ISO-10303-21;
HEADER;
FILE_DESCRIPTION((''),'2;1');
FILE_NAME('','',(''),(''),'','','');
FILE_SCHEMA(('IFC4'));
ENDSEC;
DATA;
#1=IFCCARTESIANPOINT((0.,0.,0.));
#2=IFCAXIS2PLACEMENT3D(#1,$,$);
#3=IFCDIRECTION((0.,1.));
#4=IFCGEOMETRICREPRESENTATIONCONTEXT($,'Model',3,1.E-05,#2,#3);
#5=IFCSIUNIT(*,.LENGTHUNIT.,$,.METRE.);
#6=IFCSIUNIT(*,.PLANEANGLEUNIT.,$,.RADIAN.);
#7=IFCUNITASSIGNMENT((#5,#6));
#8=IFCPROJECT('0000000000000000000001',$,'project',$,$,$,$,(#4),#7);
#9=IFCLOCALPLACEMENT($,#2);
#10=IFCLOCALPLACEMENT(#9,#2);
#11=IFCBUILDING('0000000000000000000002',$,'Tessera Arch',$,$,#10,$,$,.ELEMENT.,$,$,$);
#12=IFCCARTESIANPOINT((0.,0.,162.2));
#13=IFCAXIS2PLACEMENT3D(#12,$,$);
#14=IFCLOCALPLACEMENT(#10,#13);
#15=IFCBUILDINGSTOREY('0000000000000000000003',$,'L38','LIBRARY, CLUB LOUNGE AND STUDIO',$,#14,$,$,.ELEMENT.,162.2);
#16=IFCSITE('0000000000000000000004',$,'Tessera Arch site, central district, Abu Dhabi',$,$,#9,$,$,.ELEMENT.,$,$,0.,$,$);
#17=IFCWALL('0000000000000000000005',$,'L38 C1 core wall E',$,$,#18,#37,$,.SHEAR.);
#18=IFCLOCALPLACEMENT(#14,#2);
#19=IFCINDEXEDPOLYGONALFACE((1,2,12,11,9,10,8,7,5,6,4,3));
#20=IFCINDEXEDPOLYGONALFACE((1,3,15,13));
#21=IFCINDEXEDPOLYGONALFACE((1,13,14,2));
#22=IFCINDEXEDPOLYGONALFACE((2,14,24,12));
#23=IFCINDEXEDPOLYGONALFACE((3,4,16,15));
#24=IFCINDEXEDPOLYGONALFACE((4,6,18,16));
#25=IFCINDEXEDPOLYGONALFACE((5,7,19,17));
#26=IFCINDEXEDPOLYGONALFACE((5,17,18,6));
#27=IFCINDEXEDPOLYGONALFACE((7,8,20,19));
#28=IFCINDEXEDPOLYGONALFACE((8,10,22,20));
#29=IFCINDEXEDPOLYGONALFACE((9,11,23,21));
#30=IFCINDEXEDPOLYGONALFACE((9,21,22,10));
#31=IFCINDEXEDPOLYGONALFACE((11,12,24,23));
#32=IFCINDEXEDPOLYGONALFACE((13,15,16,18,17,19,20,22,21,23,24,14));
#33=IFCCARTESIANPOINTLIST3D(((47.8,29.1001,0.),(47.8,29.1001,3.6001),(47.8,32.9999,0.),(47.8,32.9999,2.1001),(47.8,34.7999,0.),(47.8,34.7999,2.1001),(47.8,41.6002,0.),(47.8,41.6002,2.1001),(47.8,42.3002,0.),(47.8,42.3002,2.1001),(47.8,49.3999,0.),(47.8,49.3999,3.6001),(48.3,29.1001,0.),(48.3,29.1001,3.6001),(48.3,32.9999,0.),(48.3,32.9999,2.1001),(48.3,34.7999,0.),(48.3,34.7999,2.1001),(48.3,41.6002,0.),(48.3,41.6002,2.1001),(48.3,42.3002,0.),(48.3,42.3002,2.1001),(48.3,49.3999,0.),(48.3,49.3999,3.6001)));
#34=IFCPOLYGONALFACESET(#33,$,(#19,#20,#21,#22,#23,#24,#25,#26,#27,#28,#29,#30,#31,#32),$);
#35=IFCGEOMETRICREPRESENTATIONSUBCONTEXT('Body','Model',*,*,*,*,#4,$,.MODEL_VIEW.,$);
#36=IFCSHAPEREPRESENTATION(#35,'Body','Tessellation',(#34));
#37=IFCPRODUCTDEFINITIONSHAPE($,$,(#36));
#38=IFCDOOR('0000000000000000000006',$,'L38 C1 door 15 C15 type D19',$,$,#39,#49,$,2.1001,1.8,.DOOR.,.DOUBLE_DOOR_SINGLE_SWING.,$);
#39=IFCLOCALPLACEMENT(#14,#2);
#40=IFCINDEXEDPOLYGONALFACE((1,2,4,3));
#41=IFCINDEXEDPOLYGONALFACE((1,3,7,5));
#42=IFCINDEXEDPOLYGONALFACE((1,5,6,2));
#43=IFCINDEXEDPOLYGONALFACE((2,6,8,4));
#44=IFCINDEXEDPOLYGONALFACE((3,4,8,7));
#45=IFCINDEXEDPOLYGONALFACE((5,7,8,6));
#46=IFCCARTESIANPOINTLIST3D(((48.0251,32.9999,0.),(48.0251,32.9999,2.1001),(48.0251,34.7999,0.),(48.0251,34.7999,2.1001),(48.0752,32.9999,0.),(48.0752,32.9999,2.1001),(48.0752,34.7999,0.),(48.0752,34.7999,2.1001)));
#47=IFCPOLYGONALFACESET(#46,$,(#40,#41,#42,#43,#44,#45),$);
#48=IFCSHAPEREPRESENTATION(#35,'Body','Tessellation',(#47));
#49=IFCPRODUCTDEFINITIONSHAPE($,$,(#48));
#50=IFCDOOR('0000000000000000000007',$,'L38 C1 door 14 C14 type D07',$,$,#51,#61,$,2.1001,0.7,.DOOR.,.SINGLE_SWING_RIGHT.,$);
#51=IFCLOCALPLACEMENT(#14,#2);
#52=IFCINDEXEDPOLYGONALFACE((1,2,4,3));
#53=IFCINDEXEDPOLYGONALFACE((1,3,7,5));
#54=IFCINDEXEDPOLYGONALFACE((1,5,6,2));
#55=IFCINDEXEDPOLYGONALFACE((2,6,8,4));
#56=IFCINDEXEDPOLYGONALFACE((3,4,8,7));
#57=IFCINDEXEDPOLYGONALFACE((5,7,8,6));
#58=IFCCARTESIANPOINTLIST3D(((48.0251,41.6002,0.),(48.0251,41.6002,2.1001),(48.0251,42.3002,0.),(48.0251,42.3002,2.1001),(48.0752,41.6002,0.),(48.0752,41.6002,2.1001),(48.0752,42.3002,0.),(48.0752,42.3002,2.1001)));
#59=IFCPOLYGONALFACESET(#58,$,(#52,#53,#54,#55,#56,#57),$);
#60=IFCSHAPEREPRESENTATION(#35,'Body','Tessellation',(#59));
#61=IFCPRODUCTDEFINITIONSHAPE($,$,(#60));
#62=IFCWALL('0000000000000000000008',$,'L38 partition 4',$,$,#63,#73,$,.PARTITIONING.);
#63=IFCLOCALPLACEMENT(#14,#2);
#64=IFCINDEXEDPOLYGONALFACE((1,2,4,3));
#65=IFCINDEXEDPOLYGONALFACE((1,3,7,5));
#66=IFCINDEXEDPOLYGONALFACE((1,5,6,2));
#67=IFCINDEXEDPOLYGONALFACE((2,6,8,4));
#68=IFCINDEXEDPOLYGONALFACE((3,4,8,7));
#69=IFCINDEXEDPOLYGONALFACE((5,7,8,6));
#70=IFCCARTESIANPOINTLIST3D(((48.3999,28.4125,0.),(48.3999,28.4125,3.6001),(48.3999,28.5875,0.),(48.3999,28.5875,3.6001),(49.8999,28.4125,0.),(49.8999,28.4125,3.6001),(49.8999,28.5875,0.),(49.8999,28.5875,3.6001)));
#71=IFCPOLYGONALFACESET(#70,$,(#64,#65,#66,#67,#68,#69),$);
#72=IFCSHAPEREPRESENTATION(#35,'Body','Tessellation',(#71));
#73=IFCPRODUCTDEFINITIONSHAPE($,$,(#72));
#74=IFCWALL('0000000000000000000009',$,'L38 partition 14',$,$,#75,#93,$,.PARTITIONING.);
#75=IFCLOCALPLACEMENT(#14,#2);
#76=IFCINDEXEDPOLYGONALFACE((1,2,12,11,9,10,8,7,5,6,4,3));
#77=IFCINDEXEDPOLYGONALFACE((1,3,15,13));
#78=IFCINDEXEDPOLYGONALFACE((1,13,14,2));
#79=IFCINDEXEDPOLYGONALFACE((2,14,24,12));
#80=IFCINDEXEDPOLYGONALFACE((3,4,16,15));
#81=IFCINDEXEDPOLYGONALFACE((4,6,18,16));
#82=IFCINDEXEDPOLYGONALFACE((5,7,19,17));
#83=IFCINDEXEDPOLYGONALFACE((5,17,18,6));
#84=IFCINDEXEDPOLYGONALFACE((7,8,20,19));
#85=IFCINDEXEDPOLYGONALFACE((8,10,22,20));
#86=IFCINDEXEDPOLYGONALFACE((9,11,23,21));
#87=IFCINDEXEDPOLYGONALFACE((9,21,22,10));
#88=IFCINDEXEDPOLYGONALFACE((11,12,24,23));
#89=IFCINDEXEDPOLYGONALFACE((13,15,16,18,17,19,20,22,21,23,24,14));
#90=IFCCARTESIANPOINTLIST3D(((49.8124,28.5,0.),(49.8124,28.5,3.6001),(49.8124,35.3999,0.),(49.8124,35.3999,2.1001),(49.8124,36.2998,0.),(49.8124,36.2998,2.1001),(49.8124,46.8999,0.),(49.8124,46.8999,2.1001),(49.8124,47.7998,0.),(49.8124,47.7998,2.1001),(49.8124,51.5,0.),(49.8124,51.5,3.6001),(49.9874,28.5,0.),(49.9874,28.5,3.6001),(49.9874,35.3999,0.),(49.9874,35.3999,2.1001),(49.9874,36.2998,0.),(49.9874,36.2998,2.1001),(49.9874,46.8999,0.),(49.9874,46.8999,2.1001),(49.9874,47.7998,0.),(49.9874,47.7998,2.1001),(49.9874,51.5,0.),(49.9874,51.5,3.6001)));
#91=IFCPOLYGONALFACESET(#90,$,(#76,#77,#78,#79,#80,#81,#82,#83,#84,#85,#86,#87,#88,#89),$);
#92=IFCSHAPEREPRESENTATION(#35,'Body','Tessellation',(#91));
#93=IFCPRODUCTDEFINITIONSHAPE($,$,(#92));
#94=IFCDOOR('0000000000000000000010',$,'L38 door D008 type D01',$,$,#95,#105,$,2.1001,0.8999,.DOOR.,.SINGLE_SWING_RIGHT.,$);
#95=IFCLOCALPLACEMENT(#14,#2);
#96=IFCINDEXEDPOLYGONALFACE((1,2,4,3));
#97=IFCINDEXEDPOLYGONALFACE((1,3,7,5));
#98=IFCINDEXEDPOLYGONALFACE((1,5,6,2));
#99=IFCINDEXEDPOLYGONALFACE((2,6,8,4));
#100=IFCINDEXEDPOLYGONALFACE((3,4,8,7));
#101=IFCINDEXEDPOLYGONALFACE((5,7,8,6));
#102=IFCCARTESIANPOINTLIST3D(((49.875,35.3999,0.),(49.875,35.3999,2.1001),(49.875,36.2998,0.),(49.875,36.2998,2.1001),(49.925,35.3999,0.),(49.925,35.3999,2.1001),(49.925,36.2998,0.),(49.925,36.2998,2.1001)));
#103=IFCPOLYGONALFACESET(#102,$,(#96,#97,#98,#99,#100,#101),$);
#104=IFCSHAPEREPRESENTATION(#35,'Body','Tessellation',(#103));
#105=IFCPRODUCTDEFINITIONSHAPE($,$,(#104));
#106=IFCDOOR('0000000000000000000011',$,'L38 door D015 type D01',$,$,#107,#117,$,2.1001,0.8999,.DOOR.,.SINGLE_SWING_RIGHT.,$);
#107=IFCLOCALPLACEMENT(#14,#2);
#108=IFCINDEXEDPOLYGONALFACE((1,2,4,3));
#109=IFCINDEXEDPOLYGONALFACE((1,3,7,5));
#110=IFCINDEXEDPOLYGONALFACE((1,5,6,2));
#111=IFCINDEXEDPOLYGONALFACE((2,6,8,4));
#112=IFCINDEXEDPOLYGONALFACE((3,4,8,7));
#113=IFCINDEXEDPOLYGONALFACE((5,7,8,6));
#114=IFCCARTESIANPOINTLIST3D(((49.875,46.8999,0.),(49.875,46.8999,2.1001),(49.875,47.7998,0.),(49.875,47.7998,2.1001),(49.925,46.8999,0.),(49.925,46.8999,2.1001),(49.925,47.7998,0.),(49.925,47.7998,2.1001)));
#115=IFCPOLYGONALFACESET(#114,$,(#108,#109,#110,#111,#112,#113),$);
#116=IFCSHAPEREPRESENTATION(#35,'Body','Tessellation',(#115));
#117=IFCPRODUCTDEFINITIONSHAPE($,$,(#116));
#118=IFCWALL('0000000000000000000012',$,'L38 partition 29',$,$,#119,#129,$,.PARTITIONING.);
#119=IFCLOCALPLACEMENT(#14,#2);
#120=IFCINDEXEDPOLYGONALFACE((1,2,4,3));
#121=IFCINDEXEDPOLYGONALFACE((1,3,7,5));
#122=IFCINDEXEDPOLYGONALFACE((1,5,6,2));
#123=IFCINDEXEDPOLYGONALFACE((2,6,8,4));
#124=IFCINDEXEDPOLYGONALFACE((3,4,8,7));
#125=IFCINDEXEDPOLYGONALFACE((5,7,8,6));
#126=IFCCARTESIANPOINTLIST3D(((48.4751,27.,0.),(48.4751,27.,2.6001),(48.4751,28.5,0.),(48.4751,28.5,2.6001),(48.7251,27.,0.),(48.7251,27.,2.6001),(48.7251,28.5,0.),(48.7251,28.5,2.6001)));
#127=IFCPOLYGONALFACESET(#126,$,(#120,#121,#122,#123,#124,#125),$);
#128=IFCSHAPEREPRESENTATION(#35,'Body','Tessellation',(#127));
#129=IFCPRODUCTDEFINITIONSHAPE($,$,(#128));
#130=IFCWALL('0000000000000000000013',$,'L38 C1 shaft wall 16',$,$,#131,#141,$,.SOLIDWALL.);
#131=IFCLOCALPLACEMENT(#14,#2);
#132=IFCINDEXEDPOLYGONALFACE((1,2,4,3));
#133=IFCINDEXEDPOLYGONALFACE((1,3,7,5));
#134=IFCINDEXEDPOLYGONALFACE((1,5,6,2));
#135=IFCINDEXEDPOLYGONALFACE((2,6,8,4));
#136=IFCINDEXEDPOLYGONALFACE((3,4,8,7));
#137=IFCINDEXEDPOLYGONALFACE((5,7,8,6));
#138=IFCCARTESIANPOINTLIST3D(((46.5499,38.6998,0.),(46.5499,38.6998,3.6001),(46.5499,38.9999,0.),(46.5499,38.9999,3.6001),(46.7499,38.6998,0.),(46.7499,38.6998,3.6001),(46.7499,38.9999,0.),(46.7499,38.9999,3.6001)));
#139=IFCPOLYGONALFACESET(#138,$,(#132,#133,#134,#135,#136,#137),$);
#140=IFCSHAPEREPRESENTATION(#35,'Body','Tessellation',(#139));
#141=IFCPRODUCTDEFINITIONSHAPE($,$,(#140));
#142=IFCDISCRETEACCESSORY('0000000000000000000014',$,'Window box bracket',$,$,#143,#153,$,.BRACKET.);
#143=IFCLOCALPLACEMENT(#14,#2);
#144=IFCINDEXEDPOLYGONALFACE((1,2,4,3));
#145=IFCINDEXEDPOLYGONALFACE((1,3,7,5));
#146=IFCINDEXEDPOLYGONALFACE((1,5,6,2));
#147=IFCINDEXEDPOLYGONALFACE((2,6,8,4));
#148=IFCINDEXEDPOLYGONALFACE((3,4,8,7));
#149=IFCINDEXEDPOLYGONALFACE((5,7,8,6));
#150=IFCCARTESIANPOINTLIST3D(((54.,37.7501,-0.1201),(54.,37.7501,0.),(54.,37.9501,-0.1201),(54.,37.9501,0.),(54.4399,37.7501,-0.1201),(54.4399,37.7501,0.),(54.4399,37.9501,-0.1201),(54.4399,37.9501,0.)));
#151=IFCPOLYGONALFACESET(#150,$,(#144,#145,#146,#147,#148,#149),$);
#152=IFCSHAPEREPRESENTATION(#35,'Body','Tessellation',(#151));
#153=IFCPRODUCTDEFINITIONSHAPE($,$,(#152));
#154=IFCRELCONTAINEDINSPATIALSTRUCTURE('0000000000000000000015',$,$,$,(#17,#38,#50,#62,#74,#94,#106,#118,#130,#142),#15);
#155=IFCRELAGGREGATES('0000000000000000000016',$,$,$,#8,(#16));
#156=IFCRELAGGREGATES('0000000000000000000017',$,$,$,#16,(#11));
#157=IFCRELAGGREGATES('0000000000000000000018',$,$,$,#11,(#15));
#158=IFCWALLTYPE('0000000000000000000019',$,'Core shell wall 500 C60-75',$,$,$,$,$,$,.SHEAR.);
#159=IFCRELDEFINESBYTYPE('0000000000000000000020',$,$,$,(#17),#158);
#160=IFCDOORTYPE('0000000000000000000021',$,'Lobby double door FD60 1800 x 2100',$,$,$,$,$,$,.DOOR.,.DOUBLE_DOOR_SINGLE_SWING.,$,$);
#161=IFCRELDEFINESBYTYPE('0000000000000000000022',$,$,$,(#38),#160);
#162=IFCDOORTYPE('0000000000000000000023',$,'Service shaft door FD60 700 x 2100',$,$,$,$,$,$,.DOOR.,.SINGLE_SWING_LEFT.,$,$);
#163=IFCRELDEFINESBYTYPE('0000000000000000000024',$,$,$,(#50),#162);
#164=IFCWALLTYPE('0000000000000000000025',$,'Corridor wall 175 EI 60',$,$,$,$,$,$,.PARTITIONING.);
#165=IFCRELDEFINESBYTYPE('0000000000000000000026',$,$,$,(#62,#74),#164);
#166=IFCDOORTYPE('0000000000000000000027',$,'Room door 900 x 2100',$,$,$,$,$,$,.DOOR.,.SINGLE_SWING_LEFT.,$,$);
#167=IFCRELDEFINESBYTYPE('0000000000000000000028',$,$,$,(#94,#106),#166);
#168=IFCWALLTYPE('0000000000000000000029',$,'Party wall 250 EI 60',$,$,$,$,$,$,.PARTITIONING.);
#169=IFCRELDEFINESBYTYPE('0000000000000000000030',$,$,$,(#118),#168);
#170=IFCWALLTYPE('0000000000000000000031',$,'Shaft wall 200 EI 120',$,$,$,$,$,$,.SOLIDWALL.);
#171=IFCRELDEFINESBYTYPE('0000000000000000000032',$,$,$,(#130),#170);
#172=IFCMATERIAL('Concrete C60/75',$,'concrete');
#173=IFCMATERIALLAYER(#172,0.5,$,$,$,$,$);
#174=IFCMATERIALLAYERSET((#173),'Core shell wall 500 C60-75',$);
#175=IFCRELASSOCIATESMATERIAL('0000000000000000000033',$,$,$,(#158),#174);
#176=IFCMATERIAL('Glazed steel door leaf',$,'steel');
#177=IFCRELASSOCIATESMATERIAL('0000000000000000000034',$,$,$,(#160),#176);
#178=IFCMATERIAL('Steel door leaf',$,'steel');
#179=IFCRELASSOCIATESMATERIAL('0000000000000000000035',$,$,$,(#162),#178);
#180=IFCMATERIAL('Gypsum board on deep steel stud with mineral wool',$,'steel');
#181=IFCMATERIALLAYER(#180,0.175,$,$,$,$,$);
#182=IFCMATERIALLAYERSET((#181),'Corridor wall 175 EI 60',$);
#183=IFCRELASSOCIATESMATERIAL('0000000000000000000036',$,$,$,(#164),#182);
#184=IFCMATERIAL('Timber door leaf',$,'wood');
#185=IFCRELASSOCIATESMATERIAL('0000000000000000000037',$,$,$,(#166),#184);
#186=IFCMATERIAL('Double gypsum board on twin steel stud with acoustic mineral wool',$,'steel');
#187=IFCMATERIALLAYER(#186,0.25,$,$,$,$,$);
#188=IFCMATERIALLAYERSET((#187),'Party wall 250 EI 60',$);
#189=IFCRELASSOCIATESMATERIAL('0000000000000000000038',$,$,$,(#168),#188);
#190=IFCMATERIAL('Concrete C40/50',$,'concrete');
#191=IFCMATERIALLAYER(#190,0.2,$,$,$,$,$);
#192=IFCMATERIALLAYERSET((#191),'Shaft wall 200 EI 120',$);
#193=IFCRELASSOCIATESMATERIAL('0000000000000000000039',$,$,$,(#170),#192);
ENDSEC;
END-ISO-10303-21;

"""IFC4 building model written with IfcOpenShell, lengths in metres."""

from ifc_helpers import new_model, si_unit, direction, frame, frame_2d, origin, origin_2d, place, context, subcontext, project, spatial, rectangle, extrude, material, layer, layer_set, type_object, element, fill, save


model = new_model("IFC4")

# Units and contexts
model_context = context("Model", 3, precision=1e-05, world=origin(), true_north=direction((0.0, 1.0)))
body_context = subcontext(model_context, "Body", "Model", "MODEL_VIEW")
ifc_project = project(units=[si_unit("LENGTHUNIT", "METRE"), si_unit("PLANEANGLEUNIT", "RADIAN")], contexts=[model_context])

# Site, building, storey
site_placement = place(None, origin())
site = spatial("IfcSite", under=ifc_project, at=site_placement, Name="Tessera Arch site, central district, Abu Dhabi", CompositionType="ELEMENT", RefElevation=0.0)
building_placement = place(site_placement, origin())
building = spatial("IfcBuilding", under=site, at=building_placement, Name="Tessera Arch", CompositionType="ELEMENT")
storey_placement = place(building_placement, frame((0.0, 0.0, 162.2)))
storey = spatial("IfcBuildingStorey", under=building, at=storey_placement, Name="L38", Description="LIBRARY, CLUB LOUNGE AND STUDIO", CompositionType="ELEMENT", Elevation=162.2)

# Wall, openings, doors
ifc_material_1 = material(Name="Concrete C60/75", Category="concrete")
ifc_layer_1 = layer(ifc_material_1, 0.5)
ifc_layer_set_1 = layer_set([ifc_layer_1], Name="Core shell wall 500 C60-75")
wall_type_1 = type_object("IfcWallType", Name="Core shell wall 500 C60-75", PredefinedType="SHEAR", material=ifc_layer_set_1)
wall_1_placement = place(storey_placement, frame((48.05, 29.1001, 0.0), z_axis=(0.0, 0.0, 1.0), x_axis=(0.0, 1.0, 0.0)))
wall_1 = element("IfcWall", 1, at=wall_1_placement, inside=storey, type_object=wall_type_1, Name="L38 C1 core wall E", PredefinedType="SHEAR", context=body_context, shape_type="SweptSolid", body=[
    extrude(rectangle(XDim=20.2998, YDim=0.5, at=frame_2d((10.1499, 0.0))), origin(), (0.0, 0.0, 1.0), 3.6001),
])
opening_1_placement = place(wall_1_placement, frame((12.5, 0.0, 0.0)))
opening_1 = element("IfcOpeningElement", 2, at=opening_1_placement, cuts=wall_1, PredefinedType="OPENING", context=body_context, shape_type="SweptSolid", body=[
    extrude(rectangle(XDim=0.7, YDim=2.1001, at=frame_2d((0.3501, 1.05))), frame((0.0, 0.26, 0.0), z_axis=(0.0, -1.0, 0.0), x_axis=(1.0, 0.0, 0.0)), (0.0, 0.0, 1.0), 0.52),
])
opening_2_placement = place(wall_1_placement, frame((3.8999, 0.0, 0.0)))
opening_2 = element("IfcOpeningElement", 3, at=opening_2_placement, cuts=wall_1, PredefinedType="OPENING", context=body_context, shape_type="SweptSolid", body=[
    extrude(rectangle(XDim=1.8, YDim=2.1001, at=frame_2d((0.8999, 1.05))), frame((0.0, 0.26, 0.0), z_axis=(0.0, -1.0, 0.0), x_axis=(1.0, 0.0, 0.0)), (0.0, 0.0, 1.0), 0.52),
])
ifc_material_2 = material(Name="Glazed steel door leaf", Category="steel")
door_type_1 = type_object("IfcDoorType", Name="Lobby double door FD60 1800 x 2100", OperationType="DOUBLE_DOOR_SINGLE_SWING", PredefinedType="DOOR", material=ifc_material_2)
door_1_placement = place(opening_2_placement, origin())
door_1 = element("IfcDoor", 4, at=door_1_placement, inside=storey, type_object=door_type_1, Name="L38 C1 door 15 C15 type D19", OperationType="DOUBLE_DOOR_SINGLE_SWING", OverallHeight=2.1001, OverallWidth=1.8, PredefinedType="DOOR", context=body_context, shape_type="SweptSolid", body=[
    extrude(rectangle(XDim=1.8, YDim=2.1001, at=frame_2d((0.8999, 1.05))), frame((0.0, 0.0249, 0.0), z_axis=(0.0, -1.0, 0.0), x_axis=(1.0, 0.0, 0.0)), (0.0, 0.0, 1.0), 0.05),
])
fill(opening_2, door_1)
ifc_material_3 = material(Name="Steel door leaf", Category="steel")
door_type_2 = type_object("IfcDoorType", Name="Service shaft door FD60 700 x 2100", OperationType="SINGLE_SWING_LEFT", PredefinedType="DOOR", material=ifc_material_3)
door_2_placement = place(opening_1_placement, origin())
door_2 = element("IfcDoor", 5, at=door_2_placement, inside=storey, type_object=door_type_2, Name="L38 C1 door 14 C14 type D07", OperationType="SINGLE_SWING_RIGHT", OverallHeight=2.1001, OverallWidth=0.7, PredefinedType="DOOR", context=body_context, shape_type="SweptSolid", body=[
    extrude(rectangle(XDim=0.7, YDim=2.1001, at=frame_2d((0.3501, 1.05))), frame((0.0, 0.0249, 0.0), z_axis=(0.0, -1.0, 0.0), x_axis=(1.0, 0.0, 0.0)), (0.0, 0.0, 1.0), 0.05),
])
fill(opening_1, door_2)

# Wall
ifc_material_4 = material(Name="Gypsum board on deep steel stud with mineral wool", Category="steel")
ifc_layer_2 = layer(ifc_material_4, 0.175)
ifc_layer_set_2 = layer_set([ifc_layer_2], Name="Corridor wall 175 EI 60")
wall_type_2 = type_object("IfcWallType", Name="Corridor wall 175 EI 60", PredefinedType="PARTITIONING", material=ifc_layer_set_2)
wall_2_placement = place(storey_placement, frame((48.3999, 28.5, 0.0), z_axis=(0.0, 0.0, 1.0), x_axis=(1.0, 0.0, 0.0)))
element("IfcWall", 6, at=wall_2_placement, inside=storey, type_object=wall_type_2, Name="L38 partition 4", PredefinedType="PARTITIONING", context=body_context, shape_type="SweptSolid", body=[
    extrude(rectangle(XDim=1.5, YDim=0.175, at=frame_2d((0.75, 0.0))), origin(), (0.0, 0.0, 1.0), 3.6001),
])

# Wall, openings, doors
wall_3_placement = place(storey_placement, frame((49.8999, 28.5, 0.0), z_axis=(0.0, 0.0, 1.0), x_axis=(0.0, 1.0, 0.0)))
wall_3 = element("IfcWall", 7, at=wall_3_placement, inside=storey, type_object=wall_type_2, Name="L38 partition 14", PredefinedType="PARTITIONING", context=body_context, shape_type="SweptSolid", body=[
    extrude(rectangle(XDim=23.0, YDim=0.175, at=frame_2d((11.5, 0.0))), origin(), (0.0, 0.0, 1.0), 3.6001),
])
opening_3_placement = place(wall_3_placement, frame((6.8999, 0.0, 0.0)))
opening_3 = element("IfcOpeningElement", 8, at=opening_3_placement, cuts=wall_3, PredefinedType="OPENING", context=body_context, shape_type="SweptSolid", body=[
    extrude(rectangle(XDim=0.8999, YDim=2.1001, at=frame_2d((0.45, 1.05))), frame((0.0, 0.0974, 0.0), z_axis=(0.0, -1.0, 0.0), x_axis=(1.0, 0.0, 0.0)), (0.0, 0.0, 1.0), 0.1951),
])
opening_4_placement = place(wall_3_placement, frame((18.3999, 0.0, 0.0)))
opening_4 = element("IfcOpeningElement", 9, at=opening_4_placement, cuts=wall_3, PredefinedType="OPENING", context=body_context, shape_type="SweptSolid", body=[
    extrude(rectangle(XDim=0.8999, YDim=2.1001, at=frame_2d((0.45, 1.05))), frame((0.0, 0.0974, 0.0), z_axis=(0.0, -1.0, 0.0), x_axis=(1.0, 0.0, 0.0)), (0.0, 0.0, 1.0), 0.1951),
])
ifc_material_5 = material(Name="Timber door leaf", Category="wood")
door_type_3 = type_object("IfcDoorType", Name="Room door 900 x 2100", OperationType="SINGLE_SWING_LEFT", PredefinedType="DOOR", material=ifc_material_5)
door_3_placement = place(opening_3_placement, origin())
door_3 = element("IfcDoor", 10, at=door_3_placement, inside=storey, type_object=door_type_3, Name="L38 door D008 type D01", OperationType="SINGLE_SWING_RIGHT", OverallHeight=2.1001, OverallWidth=0.8999, PredefinedType="DOOR", context=body_context, shape_type="SweptSolid", body=[
    extrude(rectangle(XDim=0.8999, YDim=2.1001, at=frame_2d((0.45, 1.05))), frame((0.0, 0.0249, 0.0), z_axis=(0.0, -1.0, 0.0), x_axis=(1.0, 0.0, 0.0)), (0.0, 0.0, 1.0), 0.05),
])
fill(opening_3, door_3)
door_4_placement = place(opening_4_placement, origin())
door_4 = element("IfcDoor", 11, at=door_4_placement, inside=storey, type_object=door_type_3, Name="L38 door D015 type D01", OperationType="SINGLE_SWING_RIGHT", OverallHeight=2.1001, OverallWidth=0.8999, PredefinedType="DOOR", context=body_context, shape_type="SweptSolid", body=[
    extrude(rectangle(XDim=0.8999, YDim=2.1001, at=frame_2d((0.45, 1.05))), frame((0.0, 0.0249, 0.0), z_axis=(0.0, -1.0, 0.0), x_axis=(1.0, 0.0, 0.0)), (0.0, 0.0, 1.0), 0.05),
])
fill(opening_4, door_4)

# Walls
ifc_material_6 = material(Name="Double gypsum board on twin steel stud with acoustic mineral wool", Category="steel")
ifc_layer_3 = layer(ifc_material_6, 0.25)
ifc_layer_set_3 = layer_set([ifc_layer_3], Name="Party wall 250 EI 60")
wall_type_3 = type_object("IfcWallType", Name="Party wall 250 EI 60", PredefinedType="PARTITIONING", material=ifc_layer_set_3)
wall_4_placement = place(storey_placement, frame((48.6001, 27.0, 0.0), z_axis=(0.0, 0.0, 1.0), x_axis=(0.0, 1.0, 0.0)))
element("IfcWall", 12, at=wall_4_placement, inside=storey, type_object=wall_type_3, Name="L38 partition 29", PredefinedType="PARTITIONING", context=body_context, shape_type="SweptSolid", body=[
    extrude(rectangle(XDim=1.5, YDim=0.25, at=frame_2d((0.75, 0.0))), origin(), (0.0, 0.0, 1.0), 2.6001),
])
ifc_material_7 = material(Name="Concrete C40/50", Category="concrete")
ifc_layer_4 = layer(ifc_material_7, 0.2)
ifc_layer_set_4 = layer_set([ifc_layer_4], Name="Shaft wall 200 EI 120")
wall_type_4 = type_object("IfcWallType", Name="Shaft wall 200 EI 120", PredefinedType="SOLIDWALL", material=ifc_layer_set_4)
wall_5_placement = place(storey_placement, frame((46.6499, 38.7, 0.0), z_axis=(0.0, 0.0, 1.0), x_axis=(0.0, 1.0, 0.0)))
element("IfcWall", 13, at=wall_5_placement, inside=storey, type_object=wall_type_4, Name="L38 C1 shaft wall 16", PredefinedType="SOLIDWALL", context=body_context, shape_type="SweptSolid", body=[
    extrude(rectangle(XDim=0.3, YDim=0.2, at=frame_2d((0.1499, 0.0))), origin(), (0.0, 0.0, 1.0), 3.6001),
])

# Discrete accessory
discrete_accessory_placement = place(storey_placement, frame((54.22, 37.8501, -0.1201), z_axis=(0.0, 0.0, 1.0), x_axis=(1.0, 0.0, 0.0)))
element("IfcDiscreteAccessory", 14, at=discrete_accessory_placement, inside=storey, Name="Window box bracket", PredefinedType="BRACKET", context=body_context, shape_type="SweptSolid", body=[
    extrude(rectangle(XDim=0.4399, YDim=0.2, at=origin_2d()), origin(), (0.0, 0.0, 1.0), 0.1201),
])

save(model, "model.ifc")
